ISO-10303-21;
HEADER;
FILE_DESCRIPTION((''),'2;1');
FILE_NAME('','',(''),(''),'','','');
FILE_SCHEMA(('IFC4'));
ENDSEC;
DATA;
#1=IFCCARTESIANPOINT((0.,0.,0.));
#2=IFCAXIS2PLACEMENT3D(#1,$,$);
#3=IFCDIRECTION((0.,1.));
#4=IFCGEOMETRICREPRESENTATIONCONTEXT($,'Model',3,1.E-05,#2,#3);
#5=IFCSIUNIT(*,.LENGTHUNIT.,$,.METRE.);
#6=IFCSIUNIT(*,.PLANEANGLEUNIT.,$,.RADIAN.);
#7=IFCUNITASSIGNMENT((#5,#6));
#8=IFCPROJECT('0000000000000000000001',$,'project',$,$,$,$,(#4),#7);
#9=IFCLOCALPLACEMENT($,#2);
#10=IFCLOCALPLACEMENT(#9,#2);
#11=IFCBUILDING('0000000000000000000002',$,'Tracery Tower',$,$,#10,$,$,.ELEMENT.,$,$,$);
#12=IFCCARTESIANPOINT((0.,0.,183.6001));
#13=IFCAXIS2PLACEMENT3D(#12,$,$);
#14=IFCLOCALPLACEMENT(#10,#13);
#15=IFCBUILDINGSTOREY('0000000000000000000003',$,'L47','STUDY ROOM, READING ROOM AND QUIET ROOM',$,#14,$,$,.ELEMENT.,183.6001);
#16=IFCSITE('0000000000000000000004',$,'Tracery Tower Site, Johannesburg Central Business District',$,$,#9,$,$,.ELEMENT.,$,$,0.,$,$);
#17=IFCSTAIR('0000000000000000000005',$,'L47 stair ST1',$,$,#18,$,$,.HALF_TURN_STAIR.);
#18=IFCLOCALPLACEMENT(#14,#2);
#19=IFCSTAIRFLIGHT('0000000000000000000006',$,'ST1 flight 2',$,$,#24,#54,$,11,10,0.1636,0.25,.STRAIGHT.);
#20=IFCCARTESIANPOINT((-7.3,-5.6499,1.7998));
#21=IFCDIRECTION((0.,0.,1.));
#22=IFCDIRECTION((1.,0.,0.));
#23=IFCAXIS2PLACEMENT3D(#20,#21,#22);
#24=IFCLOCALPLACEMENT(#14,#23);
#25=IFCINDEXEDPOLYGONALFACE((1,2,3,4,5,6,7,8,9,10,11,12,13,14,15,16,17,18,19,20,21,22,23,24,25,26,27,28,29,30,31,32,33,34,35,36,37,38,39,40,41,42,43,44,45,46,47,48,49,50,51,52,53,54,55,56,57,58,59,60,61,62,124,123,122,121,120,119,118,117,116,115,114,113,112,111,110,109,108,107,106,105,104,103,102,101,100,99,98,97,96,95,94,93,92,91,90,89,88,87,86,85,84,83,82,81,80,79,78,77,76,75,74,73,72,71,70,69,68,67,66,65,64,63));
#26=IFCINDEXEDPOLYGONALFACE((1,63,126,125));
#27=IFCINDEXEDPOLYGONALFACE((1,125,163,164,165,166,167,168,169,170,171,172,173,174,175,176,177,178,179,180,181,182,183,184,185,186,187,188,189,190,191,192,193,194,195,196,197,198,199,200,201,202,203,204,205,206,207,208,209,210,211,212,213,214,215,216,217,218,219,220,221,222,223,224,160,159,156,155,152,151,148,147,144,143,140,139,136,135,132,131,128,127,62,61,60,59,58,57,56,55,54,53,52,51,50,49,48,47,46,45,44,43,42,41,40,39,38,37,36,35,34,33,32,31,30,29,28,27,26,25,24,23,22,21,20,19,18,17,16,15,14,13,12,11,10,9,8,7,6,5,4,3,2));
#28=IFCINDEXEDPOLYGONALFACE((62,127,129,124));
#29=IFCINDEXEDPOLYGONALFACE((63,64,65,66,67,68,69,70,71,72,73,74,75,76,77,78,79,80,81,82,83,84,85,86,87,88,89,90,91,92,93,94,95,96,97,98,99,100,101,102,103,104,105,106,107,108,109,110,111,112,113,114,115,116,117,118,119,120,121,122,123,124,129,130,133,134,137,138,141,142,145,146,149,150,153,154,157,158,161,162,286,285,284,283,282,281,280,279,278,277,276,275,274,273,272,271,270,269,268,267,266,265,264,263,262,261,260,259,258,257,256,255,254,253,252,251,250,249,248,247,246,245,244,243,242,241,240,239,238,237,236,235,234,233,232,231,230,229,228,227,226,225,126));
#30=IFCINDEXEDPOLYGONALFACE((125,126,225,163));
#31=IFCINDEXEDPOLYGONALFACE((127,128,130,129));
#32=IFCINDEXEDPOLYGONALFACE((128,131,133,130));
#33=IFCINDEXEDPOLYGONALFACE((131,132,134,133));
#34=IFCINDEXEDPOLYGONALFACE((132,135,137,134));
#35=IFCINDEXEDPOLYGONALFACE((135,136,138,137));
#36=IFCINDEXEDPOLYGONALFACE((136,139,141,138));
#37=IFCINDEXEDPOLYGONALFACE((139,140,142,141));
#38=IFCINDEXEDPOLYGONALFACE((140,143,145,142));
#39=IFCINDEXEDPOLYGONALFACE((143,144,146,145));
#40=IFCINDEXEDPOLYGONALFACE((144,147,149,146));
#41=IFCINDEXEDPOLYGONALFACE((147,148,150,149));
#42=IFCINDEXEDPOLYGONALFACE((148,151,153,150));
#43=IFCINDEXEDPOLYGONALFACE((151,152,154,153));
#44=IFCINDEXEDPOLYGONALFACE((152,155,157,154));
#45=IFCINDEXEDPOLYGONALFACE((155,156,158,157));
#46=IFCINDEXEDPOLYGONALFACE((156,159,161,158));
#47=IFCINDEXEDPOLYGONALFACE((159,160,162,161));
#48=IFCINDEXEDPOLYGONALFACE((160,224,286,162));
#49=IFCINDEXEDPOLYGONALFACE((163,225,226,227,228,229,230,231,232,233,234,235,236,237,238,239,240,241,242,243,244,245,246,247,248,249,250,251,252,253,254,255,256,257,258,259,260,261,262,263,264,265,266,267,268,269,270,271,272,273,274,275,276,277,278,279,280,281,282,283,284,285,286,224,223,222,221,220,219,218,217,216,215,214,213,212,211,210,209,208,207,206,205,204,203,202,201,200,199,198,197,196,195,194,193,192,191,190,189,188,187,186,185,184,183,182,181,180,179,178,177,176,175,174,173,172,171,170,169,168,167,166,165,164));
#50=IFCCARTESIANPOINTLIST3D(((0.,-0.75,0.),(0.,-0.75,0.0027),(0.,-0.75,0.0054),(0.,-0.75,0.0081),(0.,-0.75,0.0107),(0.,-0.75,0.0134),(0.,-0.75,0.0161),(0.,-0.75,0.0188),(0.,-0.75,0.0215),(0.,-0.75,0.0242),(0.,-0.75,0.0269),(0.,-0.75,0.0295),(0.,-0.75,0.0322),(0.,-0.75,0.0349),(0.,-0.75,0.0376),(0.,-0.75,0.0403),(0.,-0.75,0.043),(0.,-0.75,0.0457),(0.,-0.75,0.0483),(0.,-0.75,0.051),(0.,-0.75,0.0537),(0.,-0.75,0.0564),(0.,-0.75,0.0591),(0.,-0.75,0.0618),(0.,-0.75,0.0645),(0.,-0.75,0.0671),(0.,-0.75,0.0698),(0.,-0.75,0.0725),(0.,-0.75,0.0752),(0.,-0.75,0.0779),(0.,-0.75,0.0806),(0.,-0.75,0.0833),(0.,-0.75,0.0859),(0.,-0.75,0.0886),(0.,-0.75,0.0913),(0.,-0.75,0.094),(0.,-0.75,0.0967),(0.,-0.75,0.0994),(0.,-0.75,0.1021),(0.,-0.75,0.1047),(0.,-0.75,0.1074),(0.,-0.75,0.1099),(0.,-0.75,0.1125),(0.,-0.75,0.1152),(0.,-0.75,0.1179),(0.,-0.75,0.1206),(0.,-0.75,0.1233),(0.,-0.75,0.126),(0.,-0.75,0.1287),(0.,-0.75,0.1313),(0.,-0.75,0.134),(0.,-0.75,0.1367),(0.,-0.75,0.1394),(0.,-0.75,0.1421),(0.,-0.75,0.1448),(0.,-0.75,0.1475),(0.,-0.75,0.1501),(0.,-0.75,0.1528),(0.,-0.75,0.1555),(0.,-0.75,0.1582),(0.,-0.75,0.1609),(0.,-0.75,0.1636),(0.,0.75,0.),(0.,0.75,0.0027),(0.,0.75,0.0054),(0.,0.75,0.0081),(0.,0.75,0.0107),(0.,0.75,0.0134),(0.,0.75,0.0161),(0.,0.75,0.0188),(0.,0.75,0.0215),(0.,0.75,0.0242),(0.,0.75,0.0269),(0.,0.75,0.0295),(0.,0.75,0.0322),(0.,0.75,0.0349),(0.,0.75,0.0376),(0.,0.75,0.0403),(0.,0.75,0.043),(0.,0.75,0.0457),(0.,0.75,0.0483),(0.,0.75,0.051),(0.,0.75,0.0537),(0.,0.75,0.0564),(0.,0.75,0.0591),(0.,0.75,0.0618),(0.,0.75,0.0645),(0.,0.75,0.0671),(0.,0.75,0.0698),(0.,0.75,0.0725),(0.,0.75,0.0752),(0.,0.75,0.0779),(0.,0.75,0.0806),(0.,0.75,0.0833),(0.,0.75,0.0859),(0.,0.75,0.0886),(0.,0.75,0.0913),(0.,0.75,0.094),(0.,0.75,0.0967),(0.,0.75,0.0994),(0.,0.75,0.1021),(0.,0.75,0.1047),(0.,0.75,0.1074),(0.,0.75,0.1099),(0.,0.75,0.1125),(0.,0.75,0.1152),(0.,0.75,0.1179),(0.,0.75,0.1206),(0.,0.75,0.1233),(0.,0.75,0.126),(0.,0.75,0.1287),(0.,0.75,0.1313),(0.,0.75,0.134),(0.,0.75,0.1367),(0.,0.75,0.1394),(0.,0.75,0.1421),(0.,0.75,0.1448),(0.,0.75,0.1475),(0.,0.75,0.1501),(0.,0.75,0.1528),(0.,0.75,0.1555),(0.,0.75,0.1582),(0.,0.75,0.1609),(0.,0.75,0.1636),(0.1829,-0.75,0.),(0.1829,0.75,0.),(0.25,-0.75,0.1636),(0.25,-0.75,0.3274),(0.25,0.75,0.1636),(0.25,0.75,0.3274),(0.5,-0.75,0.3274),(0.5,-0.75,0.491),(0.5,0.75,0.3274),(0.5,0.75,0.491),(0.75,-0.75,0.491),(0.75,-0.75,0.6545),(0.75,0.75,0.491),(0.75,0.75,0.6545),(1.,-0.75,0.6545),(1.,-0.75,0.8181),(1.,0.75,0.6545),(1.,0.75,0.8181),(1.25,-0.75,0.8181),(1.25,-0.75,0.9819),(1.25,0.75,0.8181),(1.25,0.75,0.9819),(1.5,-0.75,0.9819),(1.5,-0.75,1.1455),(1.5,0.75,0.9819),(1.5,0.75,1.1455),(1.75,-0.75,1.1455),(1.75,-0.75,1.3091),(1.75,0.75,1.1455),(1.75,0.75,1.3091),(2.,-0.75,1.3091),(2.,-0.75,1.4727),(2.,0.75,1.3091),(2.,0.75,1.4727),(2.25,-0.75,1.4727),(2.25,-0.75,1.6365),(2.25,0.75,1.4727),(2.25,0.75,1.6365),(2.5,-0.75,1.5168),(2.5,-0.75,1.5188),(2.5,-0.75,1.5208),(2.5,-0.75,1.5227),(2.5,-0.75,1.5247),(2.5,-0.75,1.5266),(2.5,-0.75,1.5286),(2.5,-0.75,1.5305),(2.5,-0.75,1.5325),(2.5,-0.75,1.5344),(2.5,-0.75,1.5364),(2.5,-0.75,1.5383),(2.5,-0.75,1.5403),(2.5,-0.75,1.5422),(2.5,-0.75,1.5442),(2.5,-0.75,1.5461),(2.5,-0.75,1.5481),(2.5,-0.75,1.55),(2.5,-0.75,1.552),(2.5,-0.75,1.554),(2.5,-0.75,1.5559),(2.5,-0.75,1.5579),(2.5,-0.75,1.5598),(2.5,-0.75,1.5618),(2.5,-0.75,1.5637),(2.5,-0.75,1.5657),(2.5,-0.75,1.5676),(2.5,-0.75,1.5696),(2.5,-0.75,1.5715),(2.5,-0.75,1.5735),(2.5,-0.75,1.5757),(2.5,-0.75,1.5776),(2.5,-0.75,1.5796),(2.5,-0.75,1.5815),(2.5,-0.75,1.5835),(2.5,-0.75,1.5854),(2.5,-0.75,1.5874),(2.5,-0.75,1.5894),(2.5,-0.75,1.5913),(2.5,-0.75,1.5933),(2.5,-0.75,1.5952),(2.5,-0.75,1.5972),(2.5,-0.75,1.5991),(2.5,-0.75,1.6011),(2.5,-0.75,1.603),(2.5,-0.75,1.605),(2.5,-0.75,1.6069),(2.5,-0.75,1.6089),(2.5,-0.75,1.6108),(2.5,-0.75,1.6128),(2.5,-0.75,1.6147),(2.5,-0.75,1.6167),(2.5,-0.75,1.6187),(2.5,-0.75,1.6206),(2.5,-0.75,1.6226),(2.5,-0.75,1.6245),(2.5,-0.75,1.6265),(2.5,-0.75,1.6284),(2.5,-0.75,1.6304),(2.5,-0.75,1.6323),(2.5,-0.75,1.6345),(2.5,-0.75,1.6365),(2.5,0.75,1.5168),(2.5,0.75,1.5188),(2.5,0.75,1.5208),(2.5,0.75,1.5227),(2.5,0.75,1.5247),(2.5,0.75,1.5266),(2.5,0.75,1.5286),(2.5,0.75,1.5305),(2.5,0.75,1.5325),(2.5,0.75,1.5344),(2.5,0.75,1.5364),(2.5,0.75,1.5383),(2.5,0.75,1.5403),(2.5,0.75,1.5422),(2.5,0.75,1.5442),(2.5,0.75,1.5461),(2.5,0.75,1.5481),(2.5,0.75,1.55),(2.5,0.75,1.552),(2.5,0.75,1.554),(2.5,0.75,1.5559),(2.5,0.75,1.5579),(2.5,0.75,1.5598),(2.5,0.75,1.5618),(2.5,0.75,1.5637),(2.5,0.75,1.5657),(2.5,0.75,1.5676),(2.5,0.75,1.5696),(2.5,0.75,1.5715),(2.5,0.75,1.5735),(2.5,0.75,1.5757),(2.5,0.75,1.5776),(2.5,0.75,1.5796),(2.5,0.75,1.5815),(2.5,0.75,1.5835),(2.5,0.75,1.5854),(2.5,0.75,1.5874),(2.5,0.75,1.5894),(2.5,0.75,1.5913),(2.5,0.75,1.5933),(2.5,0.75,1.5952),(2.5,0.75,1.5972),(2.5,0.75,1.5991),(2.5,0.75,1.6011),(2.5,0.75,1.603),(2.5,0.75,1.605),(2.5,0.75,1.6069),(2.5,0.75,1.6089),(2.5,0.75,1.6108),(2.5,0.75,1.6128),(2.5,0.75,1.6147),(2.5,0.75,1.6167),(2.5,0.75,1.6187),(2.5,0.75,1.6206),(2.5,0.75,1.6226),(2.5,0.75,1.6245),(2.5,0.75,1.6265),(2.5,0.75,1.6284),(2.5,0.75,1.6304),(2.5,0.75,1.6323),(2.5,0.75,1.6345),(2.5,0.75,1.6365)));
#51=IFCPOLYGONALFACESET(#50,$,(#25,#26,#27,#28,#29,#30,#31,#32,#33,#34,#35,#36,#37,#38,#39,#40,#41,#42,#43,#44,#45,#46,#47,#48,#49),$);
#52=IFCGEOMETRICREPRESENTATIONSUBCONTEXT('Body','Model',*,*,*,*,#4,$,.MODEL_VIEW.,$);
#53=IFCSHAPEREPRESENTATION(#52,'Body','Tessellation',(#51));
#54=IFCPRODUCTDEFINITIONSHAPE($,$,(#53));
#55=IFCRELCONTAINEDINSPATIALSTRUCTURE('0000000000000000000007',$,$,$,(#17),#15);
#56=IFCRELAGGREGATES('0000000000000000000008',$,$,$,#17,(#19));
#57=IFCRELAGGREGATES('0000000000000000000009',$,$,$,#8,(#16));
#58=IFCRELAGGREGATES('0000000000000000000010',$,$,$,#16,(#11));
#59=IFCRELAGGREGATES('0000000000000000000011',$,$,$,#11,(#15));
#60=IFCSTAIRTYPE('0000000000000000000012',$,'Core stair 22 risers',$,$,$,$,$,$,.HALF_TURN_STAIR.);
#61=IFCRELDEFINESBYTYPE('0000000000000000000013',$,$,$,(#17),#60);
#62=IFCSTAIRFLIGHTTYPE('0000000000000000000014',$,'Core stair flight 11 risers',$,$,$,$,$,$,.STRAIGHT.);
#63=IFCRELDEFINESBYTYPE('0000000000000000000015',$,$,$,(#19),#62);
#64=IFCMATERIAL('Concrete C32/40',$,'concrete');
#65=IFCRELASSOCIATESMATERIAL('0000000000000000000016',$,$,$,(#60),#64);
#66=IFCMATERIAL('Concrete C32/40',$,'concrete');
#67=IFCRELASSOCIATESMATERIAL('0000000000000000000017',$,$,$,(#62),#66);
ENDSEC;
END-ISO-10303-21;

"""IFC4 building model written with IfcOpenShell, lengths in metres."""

from ifc_helpers import new_model, si_unit, direction, frame, origin, place, context, subcontext, project, spatial, polyline, outline, extrude, material, type_object, element, aggregate, save


model = new_model("IFC4")

# Units and contexts
model_context = context("Model", 3, precision=1e-05, world=origin(), true_north=direction((0.0, 1.0)))
body_context = subcontext(model_context, "Body", "Model", "MODEL_VIEW")
ifc_project = project(units=[si_unit("LENGTHUNIT", "METRE"), si_unit("PLANEANGLEUNIT", "RADIAN")], contexts=[model_context])

# Site, building, storey
site_placement = place(None, origin())
site = spatial("IfcSite", under=ifc_project, at=site_placement, Name="Tracery Tower Site, Johannesburg Central Business District", CompositionType="ELEMENT", RefElevation=0.0)
building_placement = place(site_placement, origin())
building = spatial("IfcBuilding", under=site, at=building_placement, Name="Tracery Tower", CompositionType="ELEMENT")
storey_placement = place(building_placement, frame((0.0, 0.0, 183.6001)))
storey = spatial("IfcBuildingStorey", under=building, at=storey_placement, Name="L47", Description="STUDY ROOM, READING ROOM AND QUIET ROOM", CompositionType="ELEMENT", Elevation=183.6001)

# Stair, stair flight
ifc_material_1 = material(Name="Concrete C32/40", Category="concrete")
stair_type = type_object("IfcStairType", Name="Core stair 22 risers", PredefinedType="HALF_TURN_STAIR", material=ifc_material_1)
stair_placement = place(storey_placement, origin())
stair = element("IfcStair", 1, at=stair_placement, inside=storey, type_object=stair_type, Name="L47 stair ST1", PredefinedType="HALF_TURN_STAIR")
ifc_material_2 = material(Name="Concrete C32/40", Category="concrete")
stair_flight_type = type_object("IfcStairFlightType", Name="Core stair flight 11 risers", PredefinedType="STRAIGHT", material=ifc_material_2)
stair_flight_1_placement = place(storey_placement, frame((-7.3, -5.6499, 1.7998), z_axis=(0.0, 0.0, 1.0), x_axis=(1.0, 0.0, 0.0)))
stair_flight_1 = element("IfcStairFlight", 2, at=stair_flight_1_placement, type_object=stair_flight_type, Name="ST1 flight 2", NumberOfRisers=11, NumberOfTreads=10, PredefinedType="STRAIGHT", RiserHeight=0.1636, TreadLength=0.25, context=body_context, shape_type="SweptSolid", body=[
    extrude(outline(polyline([(0.0, 0.0), (0.0, 0.0027), (0.0, 0.0054), (0.0, 0.0081), (0.0, 0.0107), (0.0, 0.0134), (0.0, 0.0161), (0.0, 0.0188), (0.0, 0.0215), (0.0, 0.0242), (0.0, 0.0269), (0.0, 0.0295), (0.0, 0.0322), (0.0, 0.0349), (0.0, 0.0376), (0.0, 0.0403), (0.0, 0.043), (0.0, 0.0457), (0.0, 0.0483), (0.0, 0.051), (0.0, 0.0537), (0.0, 0.0564), (0.0, 0.0591), (0.0, 0.0618), (0.0, 0.0645), (0.0, 0.0671), (0.0, 0.0698), (0.0, 0.0725), (0.0, 0.0752), (0.0, 0.0779), (0.0, 0.0806), (0.0, 0.0833), (0.0, 0.0859), (0.0, 0.0886), (0.0, 0.0913), (0.0, 0.094), (0.0, 0.0967), (0.0, 0.0994), (0.0, 0.1021), (0.0, 0.1047), (0.0, 0.1074), (0.0, 0.1099), (0.0, 0.1125), (0.0, 0.1152), (0.0, 0.1179), (0.0, 0.1206), (0.0, 0.1233), (0.0, 0.126), (0.0, 0.1287), (0.0, 0.1313), (0.0, 0.134), (0.0, 0.1367), (0.0, 0.1394), (0.0, 0.1421), (0.0, 0.1448), (0.0, 0.1475), (0.0, 0.1501), (0.0, 0.1528), (0.0, 0.1555), (0.0, 0.1582), (0.0, 0.1609), (0.0, 0.1636), (0.25, 0.1636), (0.25, 0.3274), (0.5, 0.3274), (0.5, 0.491), (0.75, 0.491), (0.75, 0.6545), (1.0, 0.6545), (1.0, 0.8181), (1.25, 0.8181), (1.25, 0.9819), (1.5, 0.9819), (1.5, 1.1455), (1.75, 1.1455), (1.75, 1.3091), (2.0, 1.3091), (2.0, 1.4727), (2.25, 1.4727), (2.25, 1.6365), (2.5, 1.6365), (2.5, 1.6345), (2.5, 1.6323), (2.5, 1.6304), (2.5, 1.6284), (2.5, 1.6265), (2.5, 1.6245), (2.5, 1.6226), (2.5, 1.6206), (2.5, 1.6187), (2.5, 1.6167), (2.5, 1.6147), (2.5, 1.6128), (2.5, 1.6108), (2.5, 1.6089), (2.5, 1.6069), (2.5, 1.605), (2.5, 1.603), (2.5, 1.6011), (2.5, 1.5991), (2.5, 1.5972), (2.5, 1.5952), (2.5, 1.5933), (2.5, 1.5913), (2.5, 1.5894), (2.5, 1.5874), (2.5, 1.5854), (2.5, 1.5835), (2.5, 1.5815), (2.5, 1.5796), (2.5, 1.5776), (2.5, 1.5757), (2.5, 1.5735), (2.5, 1.5715), (2.5, 1.5696), (2.5, 1.5676), (2.5, 1.5657), (2.5, 1.5637), (2.5, 1.5618), (2.5, 1.5598), (2.5, 1.5579), (2.5, 1.5559), (2.5, 1.554), (2.5, 1.552), (2.5, 1.55), (2.5, 1.5481), (2.5, 1.5461), (2.5, 1.5442), (2.5, 1.5422), (2.5, 1.5403), (2.5, 1.5383), (2.5, 1.5364), (2.5, 1.5344), (2.5, 1.5325), (2.5, 1.5305), (2.5, 1.5286), (2.5, 1.5266), (2.5, 1.5247), (2.5, 1.5227), (2.5, 1.5208), (2.5, 1.5188), (2.5, 1.5168), (0.1829, 0.0), (0.0, 0.0)])), frame((0.0, 0.75, 0.0), z_axis=(0.0, -1.0, 0.0), x_axis=(1.0, 0.0, 0.0)), (0.0, 0.0, 1.0), 1.5),
])
aggregate(stair, [stair_flight_1])

save(model, "model.ifc")
